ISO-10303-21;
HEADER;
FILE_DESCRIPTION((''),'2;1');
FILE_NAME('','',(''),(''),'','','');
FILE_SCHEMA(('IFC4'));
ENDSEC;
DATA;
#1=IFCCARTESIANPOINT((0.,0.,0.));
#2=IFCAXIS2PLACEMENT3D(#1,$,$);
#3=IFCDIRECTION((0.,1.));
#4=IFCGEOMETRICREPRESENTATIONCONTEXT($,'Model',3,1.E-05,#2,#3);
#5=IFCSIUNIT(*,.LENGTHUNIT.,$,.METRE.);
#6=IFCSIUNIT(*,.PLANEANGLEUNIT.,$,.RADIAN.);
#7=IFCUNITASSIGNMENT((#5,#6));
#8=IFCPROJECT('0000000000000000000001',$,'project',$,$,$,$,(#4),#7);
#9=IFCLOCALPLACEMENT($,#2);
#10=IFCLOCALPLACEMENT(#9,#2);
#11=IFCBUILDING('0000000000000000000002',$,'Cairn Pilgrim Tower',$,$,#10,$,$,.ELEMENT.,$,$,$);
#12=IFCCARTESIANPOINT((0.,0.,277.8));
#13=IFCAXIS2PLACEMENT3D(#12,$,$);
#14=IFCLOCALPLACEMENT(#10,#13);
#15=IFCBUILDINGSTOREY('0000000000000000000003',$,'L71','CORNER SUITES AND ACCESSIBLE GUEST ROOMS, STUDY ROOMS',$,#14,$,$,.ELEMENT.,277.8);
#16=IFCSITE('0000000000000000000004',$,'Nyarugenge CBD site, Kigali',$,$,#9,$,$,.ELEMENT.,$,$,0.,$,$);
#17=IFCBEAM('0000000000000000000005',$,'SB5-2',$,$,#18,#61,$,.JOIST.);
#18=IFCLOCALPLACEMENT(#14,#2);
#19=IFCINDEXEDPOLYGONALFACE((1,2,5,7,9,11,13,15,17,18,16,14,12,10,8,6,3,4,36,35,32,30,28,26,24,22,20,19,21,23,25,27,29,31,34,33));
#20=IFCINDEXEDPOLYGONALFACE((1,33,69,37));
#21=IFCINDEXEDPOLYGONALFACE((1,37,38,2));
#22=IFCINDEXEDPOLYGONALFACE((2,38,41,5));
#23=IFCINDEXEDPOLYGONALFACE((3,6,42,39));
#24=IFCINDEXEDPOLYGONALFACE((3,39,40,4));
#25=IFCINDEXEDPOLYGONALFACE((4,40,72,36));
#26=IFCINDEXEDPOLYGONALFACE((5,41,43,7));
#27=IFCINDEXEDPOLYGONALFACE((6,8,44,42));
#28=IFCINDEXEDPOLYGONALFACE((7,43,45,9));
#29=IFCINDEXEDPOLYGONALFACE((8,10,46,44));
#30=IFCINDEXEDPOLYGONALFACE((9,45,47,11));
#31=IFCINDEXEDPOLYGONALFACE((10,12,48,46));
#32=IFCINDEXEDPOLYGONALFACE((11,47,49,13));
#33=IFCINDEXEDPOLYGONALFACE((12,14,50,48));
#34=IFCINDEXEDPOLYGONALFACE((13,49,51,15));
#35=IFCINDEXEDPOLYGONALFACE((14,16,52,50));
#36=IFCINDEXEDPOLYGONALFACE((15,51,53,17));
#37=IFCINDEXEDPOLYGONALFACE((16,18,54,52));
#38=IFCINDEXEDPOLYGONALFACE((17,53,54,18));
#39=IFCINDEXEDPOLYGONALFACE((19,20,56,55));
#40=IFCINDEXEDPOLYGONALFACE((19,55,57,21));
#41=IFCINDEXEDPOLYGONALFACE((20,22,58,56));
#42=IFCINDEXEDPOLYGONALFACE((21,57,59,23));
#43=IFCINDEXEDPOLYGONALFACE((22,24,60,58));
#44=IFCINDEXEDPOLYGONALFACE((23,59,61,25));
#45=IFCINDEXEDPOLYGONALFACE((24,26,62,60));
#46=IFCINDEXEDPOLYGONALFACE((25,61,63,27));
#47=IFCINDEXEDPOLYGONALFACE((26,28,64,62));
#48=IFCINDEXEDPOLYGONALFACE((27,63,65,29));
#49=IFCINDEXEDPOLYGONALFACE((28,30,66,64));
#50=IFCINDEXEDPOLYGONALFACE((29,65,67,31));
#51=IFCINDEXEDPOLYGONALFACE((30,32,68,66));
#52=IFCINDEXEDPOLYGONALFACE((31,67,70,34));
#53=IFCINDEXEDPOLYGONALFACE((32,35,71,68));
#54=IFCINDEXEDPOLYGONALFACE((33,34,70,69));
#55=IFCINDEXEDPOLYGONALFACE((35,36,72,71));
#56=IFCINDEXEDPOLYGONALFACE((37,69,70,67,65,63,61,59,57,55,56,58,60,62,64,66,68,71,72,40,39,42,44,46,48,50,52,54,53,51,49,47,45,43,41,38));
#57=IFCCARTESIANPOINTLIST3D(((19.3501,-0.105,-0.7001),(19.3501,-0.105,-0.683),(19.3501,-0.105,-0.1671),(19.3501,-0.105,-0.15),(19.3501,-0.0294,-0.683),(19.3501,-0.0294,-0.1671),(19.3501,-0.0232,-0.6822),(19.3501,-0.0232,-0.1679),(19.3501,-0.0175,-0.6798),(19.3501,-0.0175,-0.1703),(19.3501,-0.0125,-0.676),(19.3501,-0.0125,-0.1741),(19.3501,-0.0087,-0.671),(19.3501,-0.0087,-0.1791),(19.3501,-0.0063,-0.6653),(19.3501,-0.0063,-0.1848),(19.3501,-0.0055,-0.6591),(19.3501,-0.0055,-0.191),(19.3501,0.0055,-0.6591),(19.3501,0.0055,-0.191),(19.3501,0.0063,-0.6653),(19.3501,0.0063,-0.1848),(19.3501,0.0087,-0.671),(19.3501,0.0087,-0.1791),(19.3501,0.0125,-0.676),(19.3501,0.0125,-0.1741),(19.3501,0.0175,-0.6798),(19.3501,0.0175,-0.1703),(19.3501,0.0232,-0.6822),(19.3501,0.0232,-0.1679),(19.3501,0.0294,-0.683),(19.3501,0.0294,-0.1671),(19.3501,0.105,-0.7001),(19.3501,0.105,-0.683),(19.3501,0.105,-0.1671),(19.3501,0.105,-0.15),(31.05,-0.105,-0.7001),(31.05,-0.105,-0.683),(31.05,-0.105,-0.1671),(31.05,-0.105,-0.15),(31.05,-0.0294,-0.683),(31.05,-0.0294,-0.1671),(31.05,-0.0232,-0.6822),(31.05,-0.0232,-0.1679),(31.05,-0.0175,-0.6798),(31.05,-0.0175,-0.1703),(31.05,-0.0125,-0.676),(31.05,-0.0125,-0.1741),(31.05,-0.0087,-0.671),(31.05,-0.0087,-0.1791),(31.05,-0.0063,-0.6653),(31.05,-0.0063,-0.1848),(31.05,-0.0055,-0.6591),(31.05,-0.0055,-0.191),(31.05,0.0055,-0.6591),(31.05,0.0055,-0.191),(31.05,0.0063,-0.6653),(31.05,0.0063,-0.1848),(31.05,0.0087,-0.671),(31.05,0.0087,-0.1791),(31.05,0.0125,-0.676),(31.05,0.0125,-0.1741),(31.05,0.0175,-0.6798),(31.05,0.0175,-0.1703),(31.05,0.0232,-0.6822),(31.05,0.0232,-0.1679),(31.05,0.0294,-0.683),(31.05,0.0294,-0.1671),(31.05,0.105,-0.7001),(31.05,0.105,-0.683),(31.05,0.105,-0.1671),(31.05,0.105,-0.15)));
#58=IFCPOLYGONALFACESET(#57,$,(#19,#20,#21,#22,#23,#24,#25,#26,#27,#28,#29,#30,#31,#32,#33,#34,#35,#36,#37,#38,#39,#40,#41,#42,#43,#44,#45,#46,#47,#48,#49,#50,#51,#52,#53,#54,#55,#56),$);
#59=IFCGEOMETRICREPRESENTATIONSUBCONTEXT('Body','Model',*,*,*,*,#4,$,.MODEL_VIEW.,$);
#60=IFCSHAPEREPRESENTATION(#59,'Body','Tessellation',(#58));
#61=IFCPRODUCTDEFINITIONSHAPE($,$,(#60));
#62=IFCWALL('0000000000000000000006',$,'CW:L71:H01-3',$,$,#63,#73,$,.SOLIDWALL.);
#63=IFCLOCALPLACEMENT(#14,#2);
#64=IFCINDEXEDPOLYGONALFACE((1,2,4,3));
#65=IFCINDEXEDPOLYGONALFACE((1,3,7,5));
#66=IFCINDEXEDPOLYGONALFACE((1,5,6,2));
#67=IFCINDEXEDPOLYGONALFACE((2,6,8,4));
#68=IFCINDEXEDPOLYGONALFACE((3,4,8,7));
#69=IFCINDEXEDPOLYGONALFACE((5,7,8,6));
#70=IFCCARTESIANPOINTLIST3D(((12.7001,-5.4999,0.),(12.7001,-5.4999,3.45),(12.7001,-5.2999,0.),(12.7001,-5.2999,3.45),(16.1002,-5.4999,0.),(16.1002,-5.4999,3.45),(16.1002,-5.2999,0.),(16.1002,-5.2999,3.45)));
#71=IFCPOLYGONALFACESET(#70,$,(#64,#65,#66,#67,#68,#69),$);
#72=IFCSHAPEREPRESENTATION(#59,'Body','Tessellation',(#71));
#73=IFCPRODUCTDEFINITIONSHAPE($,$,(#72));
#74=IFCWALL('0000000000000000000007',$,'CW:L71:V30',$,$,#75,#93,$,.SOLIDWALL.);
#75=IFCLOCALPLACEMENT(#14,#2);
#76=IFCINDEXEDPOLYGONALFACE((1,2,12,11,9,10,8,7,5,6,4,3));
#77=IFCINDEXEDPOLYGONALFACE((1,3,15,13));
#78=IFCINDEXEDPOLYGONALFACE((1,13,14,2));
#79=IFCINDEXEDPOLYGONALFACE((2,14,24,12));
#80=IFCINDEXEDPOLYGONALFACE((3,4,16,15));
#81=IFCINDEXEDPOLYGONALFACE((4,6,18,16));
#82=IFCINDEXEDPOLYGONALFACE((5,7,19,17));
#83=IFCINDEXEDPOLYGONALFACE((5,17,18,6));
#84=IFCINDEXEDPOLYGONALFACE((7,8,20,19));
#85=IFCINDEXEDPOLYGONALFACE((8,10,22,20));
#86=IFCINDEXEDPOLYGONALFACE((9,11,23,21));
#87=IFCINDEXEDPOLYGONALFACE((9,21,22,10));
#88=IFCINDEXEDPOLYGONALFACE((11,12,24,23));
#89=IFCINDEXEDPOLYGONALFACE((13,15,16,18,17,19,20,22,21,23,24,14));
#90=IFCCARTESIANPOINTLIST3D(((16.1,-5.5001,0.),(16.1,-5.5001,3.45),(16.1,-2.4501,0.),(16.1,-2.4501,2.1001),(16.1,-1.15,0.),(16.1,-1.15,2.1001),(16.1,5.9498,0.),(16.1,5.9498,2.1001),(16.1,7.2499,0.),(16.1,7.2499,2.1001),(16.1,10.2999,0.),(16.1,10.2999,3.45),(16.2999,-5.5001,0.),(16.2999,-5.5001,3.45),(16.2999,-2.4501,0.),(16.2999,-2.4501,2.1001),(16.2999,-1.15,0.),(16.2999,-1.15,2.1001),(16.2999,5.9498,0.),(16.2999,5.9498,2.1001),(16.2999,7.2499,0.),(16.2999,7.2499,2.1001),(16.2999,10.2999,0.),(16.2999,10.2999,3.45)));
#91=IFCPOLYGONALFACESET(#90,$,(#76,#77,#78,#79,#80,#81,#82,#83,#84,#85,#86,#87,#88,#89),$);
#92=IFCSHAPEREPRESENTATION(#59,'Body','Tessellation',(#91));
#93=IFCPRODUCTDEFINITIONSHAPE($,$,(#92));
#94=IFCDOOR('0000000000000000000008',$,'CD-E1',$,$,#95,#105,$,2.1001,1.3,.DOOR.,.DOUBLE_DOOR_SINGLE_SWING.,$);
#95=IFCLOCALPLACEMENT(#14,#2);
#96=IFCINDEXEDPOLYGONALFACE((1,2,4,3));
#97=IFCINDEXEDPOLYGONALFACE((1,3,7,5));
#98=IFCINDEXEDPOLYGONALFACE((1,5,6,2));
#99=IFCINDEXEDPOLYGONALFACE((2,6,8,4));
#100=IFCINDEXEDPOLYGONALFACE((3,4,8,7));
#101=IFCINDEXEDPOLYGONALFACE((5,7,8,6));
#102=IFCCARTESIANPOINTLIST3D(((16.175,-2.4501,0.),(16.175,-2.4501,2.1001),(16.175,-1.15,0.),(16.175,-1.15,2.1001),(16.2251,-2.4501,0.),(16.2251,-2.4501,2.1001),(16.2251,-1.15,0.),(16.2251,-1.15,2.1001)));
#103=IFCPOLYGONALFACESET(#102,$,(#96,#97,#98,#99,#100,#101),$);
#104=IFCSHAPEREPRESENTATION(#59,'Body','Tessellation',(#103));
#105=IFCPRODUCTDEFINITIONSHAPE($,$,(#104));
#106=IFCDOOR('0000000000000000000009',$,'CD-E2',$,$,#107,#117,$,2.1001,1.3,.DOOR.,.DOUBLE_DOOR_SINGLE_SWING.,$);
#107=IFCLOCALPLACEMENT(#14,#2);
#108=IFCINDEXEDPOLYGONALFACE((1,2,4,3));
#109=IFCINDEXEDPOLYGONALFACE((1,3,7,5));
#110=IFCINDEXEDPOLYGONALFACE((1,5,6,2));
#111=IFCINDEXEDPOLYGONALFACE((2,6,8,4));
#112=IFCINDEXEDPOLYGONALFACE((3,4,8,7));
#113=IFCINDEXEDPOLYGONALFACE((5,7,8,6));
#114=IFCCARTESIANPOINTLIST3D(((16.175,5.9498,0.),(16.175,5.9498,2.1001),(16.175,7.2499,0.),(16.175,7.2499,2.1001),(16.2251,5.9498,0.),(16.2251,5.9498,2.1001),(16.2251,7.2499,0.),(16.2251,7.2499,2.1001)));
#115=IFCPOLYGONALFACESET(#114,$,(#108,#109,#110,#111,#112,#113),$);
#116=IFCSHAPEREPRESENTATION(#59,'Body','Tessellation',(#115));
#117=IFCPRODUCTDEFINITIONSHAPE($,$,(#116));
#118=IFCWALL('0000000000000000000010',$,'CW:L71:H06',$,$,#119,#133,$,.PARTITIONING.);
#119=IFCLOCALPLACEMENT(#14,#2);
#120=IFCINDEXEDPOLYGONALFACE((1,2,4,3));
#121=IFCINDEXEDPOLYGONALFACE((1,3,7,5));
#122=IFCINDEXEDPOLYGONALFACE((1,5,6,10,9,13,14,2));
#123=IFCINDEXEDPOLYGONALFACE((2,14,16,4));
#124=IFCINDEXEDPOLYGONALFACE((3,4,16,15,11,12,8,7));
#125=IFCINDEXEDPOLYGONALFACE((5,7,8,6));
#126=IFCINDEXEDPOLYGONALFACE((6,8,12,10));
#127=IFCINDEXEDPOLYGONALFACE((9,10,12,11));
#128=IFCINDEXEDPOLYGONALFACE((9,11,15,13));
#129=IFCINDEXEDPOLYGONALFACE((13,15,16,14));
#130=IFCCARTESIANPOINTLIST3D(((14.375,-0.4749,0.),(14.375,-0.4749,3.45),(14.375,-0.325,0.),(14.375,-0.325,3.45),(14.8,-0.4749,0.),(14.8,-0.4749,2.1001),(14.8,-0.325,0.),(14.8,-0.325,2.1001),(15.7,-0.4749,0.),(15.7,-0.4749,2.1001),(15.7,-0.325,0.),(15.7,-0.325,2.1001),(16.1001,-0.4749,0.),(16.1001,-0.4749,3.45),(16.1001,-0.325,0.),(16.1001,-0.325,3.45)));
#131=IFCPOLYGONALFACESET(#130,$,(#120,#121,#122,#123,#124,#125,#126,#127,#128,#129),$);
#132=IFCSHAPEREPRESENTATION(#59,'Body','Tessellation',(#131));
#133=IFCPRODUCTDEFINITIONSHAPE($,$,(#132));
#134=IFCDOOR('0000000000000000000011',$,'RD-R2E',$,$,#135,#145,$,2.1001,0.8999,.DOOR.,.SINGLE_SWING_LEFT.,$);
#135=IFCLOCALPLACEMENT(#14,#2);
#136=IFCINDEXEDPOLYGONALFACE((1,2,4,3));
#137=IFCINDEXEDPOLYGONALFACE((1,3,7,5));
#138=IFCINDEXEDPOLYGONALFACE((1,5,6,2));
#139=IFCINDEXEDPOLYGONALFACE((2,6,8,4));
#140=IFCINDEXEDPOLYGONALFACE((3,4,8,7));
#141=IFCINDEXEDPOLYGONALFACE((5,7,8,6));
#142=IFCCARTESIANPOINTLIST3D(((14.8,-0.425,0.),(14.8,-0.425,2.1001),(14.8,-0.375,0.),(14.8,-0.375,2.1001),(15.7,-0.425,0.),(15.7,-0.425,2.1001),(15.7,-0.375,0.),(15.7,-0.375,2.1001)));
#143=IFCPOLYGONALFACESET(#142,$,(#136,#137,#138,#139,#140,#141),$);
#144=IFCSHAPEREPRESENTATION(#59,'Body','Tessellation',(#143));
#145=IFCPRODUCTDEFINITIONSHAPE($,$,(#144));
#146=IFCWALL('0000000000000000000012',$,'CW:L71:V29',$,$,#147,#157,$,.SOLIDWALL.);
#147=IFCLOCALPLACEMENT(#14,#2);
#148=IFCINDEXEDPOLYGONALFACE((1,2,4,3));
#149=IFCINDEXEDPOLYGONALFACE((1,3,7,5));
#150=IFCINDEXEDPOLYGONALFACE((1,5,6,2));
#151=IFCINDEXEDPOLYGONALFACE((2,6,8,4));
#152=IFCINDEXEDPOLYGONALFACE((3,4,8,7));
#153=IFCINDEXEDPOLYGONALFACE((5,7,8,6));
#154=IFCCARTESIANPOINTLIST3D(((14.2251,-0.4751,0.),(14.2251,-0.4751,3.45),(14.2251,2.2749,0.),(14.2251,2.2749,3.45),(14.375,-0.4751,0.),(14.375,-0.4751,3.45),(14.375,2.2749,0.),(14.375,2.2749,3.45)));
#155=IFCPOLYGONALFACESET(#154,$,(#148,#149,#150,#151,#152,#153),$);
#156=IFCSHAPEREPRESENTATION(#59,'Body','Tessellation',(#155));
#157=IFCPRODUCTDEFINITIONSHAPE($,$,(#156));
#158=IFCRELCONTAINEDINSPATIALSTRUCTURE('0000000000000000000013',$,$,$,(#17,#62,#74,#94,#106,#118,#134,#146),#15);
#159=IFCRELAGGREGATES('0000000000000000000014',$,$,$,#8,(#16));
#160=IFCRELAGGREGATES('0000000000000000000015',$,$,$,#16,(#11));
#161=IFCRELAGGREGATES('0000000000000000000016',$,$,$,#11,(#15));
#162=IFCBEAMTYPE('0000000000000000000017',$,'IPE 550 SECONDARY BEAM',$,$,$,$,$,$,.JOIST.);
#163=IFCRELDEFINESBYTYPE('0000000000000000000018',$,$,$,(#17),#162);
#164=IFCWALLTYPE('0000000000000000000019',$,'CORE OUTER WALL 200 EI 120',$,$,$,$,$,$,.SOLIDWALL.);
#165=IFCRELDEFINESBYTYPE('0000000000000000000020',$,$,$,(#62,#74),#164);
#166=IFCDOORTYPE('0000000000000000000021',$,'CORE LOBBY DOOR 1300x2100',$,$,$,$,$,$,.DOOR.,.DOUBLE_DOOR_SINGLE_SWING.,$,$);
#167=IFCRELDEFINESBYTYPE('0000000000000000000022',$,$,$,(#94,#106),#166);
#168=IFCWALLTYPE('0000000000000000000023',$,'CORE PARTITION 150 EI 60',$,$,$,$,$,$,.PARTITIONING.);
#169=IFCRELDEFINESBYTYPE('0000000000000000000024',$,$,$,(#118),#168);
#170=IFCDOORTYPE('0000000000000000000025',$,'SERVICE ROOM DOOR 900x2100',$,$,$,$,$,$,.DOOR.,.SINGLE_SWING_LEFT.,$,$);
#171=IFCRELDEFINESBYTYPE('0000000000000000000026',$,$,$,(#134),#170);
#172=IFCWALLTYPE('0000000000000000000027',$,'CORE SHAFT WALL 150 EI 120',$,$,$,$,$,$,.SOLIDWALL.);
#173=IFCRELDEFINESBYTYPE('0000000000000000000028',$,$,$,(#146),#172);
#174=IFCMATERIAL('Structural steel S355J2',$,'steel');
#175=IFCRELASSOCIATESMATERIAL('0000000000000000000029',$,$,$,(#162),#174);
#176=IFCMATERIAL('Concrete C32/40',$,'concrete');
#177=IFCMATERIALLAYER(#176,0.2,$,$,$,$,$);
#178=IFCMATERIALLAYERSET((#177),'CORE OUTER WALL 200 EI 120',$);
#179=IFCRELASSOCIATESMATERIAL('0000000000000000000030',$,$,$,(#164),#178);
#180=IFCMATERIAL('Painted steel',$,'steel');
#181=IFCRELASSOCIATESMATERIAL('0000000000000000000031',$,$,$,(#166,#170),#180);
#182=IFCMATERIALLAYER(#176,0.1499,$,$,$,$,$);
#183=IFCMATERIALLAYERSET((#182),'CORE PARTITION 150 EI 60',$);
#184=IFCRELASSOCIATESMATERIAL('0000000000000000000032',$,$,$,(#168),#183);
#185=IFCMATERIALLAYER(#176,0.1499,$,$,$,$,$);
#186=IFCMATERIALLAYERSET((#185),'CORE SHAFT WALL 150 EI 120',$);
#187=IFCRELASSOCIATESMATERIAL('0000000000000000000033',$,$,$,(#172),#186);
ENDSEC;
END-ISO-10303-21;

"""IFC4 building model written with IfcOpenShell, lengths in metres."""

from ifc_helpers import new_model, si_unit, direction, frame, frame_2d, origin, origin_2d, place, context, subcontext, project, spatial, rectangle, i_section, extrude, material, layer, layer_set, material_profile, profile_set, type_object, element, fill, save


model = new_model("IFC4")

# Units and contexts
model_context = context("Model", 3, precision=1e-05, world=origin(), true_north=direction((0.0, 1.0)))
body_context = subcontext(model_context, "Body", "Model", "MODEL_VIEW")
ifc_project = project(units=[si_unit("LENGTHUNIT", "METRE"), si_unit("PLANEANGLEUNIT", "RADIAN")], contexts=[model_context])

# Site, building, storey
site_placement = place(None, origin())
site = spatial("IfcSite", under=ifc_project, at=site_placement, Name="Nyarugenge CBD site, Kigali", CompositionType="ELEMENT", RefElevation=0.0)
building_placement = place(site_placement, origin())
building = spatial("IfcBuilding", under=site, at=building_placement, Name="Cairn Pilgrim Tower", CompositionType="ELEMENT")
storey_placement = place(building_placement, frame((0.0, 0.0, 277.8)))
storey = spatial("IfcBuildingStorey", under=building, at=storey_placement, Name="L71", Description="CORNER SUITES AND ACCESSIBLE GUEST ROOMS, STUDY ROOMS", CompositionType="ELEMENT", Elevation=277.8)

# Shared definitions
ifc_material_1 = material(Name="Structural steel S355J2", Category="steel")

# Beam
ifc_material_profile_1 = material_profile(ifc_material_1, i_section(OverallWidth=0.21, OverallDepth=0.55, WebThickness=0.011, FlangeThickness=0.0171, FilletRadius=0.0239, at=origin_2d()), Name="IPE 550")
ifc_profile_set_1 = profile_set([ifc_material_profile_1], Name="Structural steel S355J2")
beam_type_1 = type_object("IfcBeamType", Name="IPE 550 SECONDARY BEAM", PredefinedType="JOIST", material=ifc_profile_set_1)
for number, where, z_axis, x_axis, name in (
    (1, (19.3501, 0.0, -0.425), (1.0, 0.0, 0.0), (0.0, 1.0, 0.0), "SB5-2"),
):
    element("IfcBeam", number, at=place(storey_placement, frame(where, z_axis=z_axis, x_axis=x_axis)), inside=storey, type_object=beam_type_1, Name=name, PredefinedType="JOIST", context=body_context, shape_type="SweptSolid", body=[
        extrude(i_section(OverallWidth=0.21, OverallDepth=0.55, WebThickness=0.011, FlangeThickness=0.0171, FilletRadius=0.0239, at=origin_2d()), origin(), (0.0, 0.0, 1.0), 11.7),
    ])

# Wall
ifc_material_2 = material(Name="Concrete C32/40", Category="concrete")
ifc_layer_1 = layer(ifc_material_2, 0.2)
ifc_layer_set_1 = layer_set([ifc_layer_1], Name="CORE OUTER WALL 200 EI 120")
wall_type_1 = type_object("IfcWallType", Name="CORE OUTER WALL 200 EI 120", PredefinedType="SOLIDWALL", material=ifc_layer_set_1)
wall_1_placement = place(storey_placement, frame((12.7, -5.3999, 0.0), z_axis=(0.0, 0.0, 1.0), x_axis=(1.0, 0.0, 0.0)))
element("IfcWall", 2, at=wall_1_placement, inside=storey, type_object=wall_type_1, Name="CW:L71:H01-3", PredefinedType="SOLIDWALL", context=body_context, shape_type="SweptSolid", body=[
    extrude(rectangle(XDim=3.4001, YDim=0.2, at=frame_2d((1.7002, 0.0))), origin(), (0.0, 0.0, 1.0), 3.45),
])

# Wall, openings, doors
wall_2_placement = place(storey_placement, frame((16.2, -5.5, 0.0), z_axis=(0.0, 0.0, 1.0), x_axis=(0.0, 1.0, 0.0)))
wall_2 = element("IfcWall", 3, at=wall_2_placement, inside=storey, type_object=wall_type_1, Name="CW:L71:V30", PredefinedType="SOLIDWALL", context=body_context, shape_type="SweptSolid", body=[
    extrude(rectangle(XDim=15.8, YDim=0.2, at=frame_2d((7.8999, 0.0))), origin(), (0.0, 0.0, 1.0), 3.45),
])
opening_1_placement = place(wall_2_placement, frame((3.05, 0.0, 0.0)))
opening_1 = element("IfcOpeningElement", 4, at=opening_1_placement, cuts=wall_2, PredefinedType="OPENING", context=body_context, shape_type="SweptSolid", body=[
    extrude(rectangle(XDim=1.3, YDim=2.1001, at=frame_2d((0.6499, 1.05))), frame((0.0, 0.1099, 0.0), z_axis=(0.0, -1.0, 0.0), x_axis=(1.0, 0.0, 0.0)), (0.0, 0.0, 1.0), 0.22),
])
opening_2_placement = place(wall_2_placement, frame((11.45, 0.0, 0.0)))
opening_2 = element("IfcOpeningElement", 5, at=opening_2_placement, cuts=wall_2, PredefinedType="OPENING", context=body_context, shape_type="SweptSolid", body=[
    extrude(rectangle(XDim=1.3, YDim=2.1001, at=frame_2d((0.6499, 1.05))), frame((0.0, 0.1099, 0.0), z_axis=(0.0, -1.0, 0.0), x_axis=(1.0, 0.0, 0.0)), (0.0, 0.0, 1.0), 0.22),
])
ifc_material_3 = material(Name="Painted steel", Category="steel")
door_type_1 = type_object("IfcDoorType", Name="CORE LOBBY DOOR 1300x2100", OperationType="DOUBLE_DOOR_SINGLE_SWING", PredefinedType="DOOR", material=ifc_material_3)
door_1_placement = place(opening_1_placement, origin())
door_1 = element("IfcDoor", 6, at=door_1_placement, inside=storey, type_object=door_type_1, Name="CD-E1", OperationType="DOUBLE_DOOR_SINGLE_SWING", OverallHeight=2.1001, OverallWidth=1.3, PredefinedType="DOOR", context=body_context, shape_type="SweptSolid", body=[
    extrude(rectangle(XDim=1.3, YDim=2.1001, at=frame_2d((0.6499, 1.05))), frame((0.0, 0.0249, 0.0), z_axis=(0.0, -1.0, 0.0), x_axis=(1.0, 0.0, 0.0)), (0.0, 0.0, 1.0), 0.05),
])
fill(opening_1, door_1)
door_2_placement = place(opening_2_placement, origin())
door_2 = element("IfcDoor", 7, at=door_2_placement, inside=storey, type_object=door_type_1, Name="CD-E2", OperationType="DOUBLE_DOOR_SINGLE_SWING", OverallHeight=2.1001, OverallWidth=1.3, PredefinedType="DOOR", context=body_context, shape_type="SweptSolid", body=[
    extrude(rectangle(XDim=1.3, YDim=2.1001, at=frame_2d((0.6499, 1.05))), frame((0.0, 0.0249, 0.0), z_axis=(0.0, -1.0, 0.0), x_axis=(1.0, 0.0, 0.0)), (0.0, 0.0, 1.0), 0.05),
])
fill(opening_2, door_2)

# Wall, opening, door
ifc_layer_2 = layer(ifc_material_2, 0.1499)
ifc_layer_set_2 = layer_set([ifc_layer_2], Name="CORE PARTITION 150 EI 60")
wall_type_2 = type_object("IfcWallType", Name="CORE PARTITION 150 EI 60", PredefinedType="PARTITIONING", material=ifc_layer_set_2)
wall_3_placement = place(storey_placement, frame((14.375, -0.3999, 0.0), z_axis=(0.0, 0.0, 1.0), x_axis=(1.0, 0.0, 0.0)))
wall_3 = element("IfcWall", 8, at=wall_3_placement, inside=storey, type_object=wall_type_2, Name="CW:L71:H06", PredefinedType="PARTITIONING", context=body_context, shape_type="SweptSolid", body=[
    extrude(rectangle(XDim=1.7251, YDim=0.1499, at=frame_2d((0.8625, 0.0))), origin(), (0.0, 0.0, 1.0), 3.45),
])
opening_3_placement = place(wall_3_placement, frame((0.425, 0.0, 0.0)))
opening_3 = element("IfcOpeningElement", 9, at=opening_3_placement, cuts=wall_3, PredefinedType="OPENING", context=body_context, shape_type="SweptSolid", body=[
    extrude(rectangle(XDim=0.8999, YDim=2.1001, at=frame_2d((0.45, 1.05))), frame((0.0, 0.085, 0.0), z_axis=(0.0, -1.0, 0.0), x_axis=(1.0, 0.0, 0.0)), (0.0, 0.0, 1.0), 0.1699),
])
door_type_2 = type_object("IfcDoorType", Name="SERVICE ROOM DOOR 900x2100", OperationType="SINGLE_SWING_LEFT", PredefinedType="DOOR", material=ifc_material_3)
door_3_placement = place(opening_3_placement, origin())
door_3 = element("IfcDoor", 10, at=door_3_placement, inside=storey, type_object=door_type_2, Name="RD-R2E", OperationType="SINGLE_SWING_LEFT", OverallHeight=2.1001, OverallWidth=0.8999, PredefinedType="DOOR", context=body_context, shape_type="SweptSolid", body=[
    extrude(rectangle(XDim=0.8999, YDim=2.1001, at=frame_2d((0.45, 1.05))), frame((0.0, 0.0249, 0.0), z_axis=(0.0, -1.0, 0.0), x_axis=(1.0, 0.0, 0.0)), (0.0, 0.0, 1.0), 0.05),
])
fill(opening_3, door_3)

# Wall
ifc_layer_3 = layer(ifc_material_2, 0.1499)
ifc_layer_set_3 = layer_set([ifc_layer_3], Name="CORE SHAFT WALL 150 EI 120")
wall_type_3 = type_object("IfcWallType", Name="CORE SHAFT WALL 150 EI 120", PredefinedType="SOLIDWALL", material=ifc_layer_set_3)
wall_4_placement = place(storey_placement, frame((14.3, -0.4751, 0.0), z_axis=(0.0, 0.0, 1.0), x_axis=(0.0, 1.0, 0.0)))
element("IfcWall", 11, at=wall_4_placement, inside=storey, type_object=wall_type_3, Name="CW:L71:V29", PredefinedType="SOLIDWALL", context=body_context, shape_type="SweptSolid", body=[
    extrude(rectangle(XDim=2.75, YDim=0.1499, at=frame_2d((1.375, 0.0))), origin(), (0.0, 0.0, 1.0), 3.45),
])

save(model, "model.ifc")
